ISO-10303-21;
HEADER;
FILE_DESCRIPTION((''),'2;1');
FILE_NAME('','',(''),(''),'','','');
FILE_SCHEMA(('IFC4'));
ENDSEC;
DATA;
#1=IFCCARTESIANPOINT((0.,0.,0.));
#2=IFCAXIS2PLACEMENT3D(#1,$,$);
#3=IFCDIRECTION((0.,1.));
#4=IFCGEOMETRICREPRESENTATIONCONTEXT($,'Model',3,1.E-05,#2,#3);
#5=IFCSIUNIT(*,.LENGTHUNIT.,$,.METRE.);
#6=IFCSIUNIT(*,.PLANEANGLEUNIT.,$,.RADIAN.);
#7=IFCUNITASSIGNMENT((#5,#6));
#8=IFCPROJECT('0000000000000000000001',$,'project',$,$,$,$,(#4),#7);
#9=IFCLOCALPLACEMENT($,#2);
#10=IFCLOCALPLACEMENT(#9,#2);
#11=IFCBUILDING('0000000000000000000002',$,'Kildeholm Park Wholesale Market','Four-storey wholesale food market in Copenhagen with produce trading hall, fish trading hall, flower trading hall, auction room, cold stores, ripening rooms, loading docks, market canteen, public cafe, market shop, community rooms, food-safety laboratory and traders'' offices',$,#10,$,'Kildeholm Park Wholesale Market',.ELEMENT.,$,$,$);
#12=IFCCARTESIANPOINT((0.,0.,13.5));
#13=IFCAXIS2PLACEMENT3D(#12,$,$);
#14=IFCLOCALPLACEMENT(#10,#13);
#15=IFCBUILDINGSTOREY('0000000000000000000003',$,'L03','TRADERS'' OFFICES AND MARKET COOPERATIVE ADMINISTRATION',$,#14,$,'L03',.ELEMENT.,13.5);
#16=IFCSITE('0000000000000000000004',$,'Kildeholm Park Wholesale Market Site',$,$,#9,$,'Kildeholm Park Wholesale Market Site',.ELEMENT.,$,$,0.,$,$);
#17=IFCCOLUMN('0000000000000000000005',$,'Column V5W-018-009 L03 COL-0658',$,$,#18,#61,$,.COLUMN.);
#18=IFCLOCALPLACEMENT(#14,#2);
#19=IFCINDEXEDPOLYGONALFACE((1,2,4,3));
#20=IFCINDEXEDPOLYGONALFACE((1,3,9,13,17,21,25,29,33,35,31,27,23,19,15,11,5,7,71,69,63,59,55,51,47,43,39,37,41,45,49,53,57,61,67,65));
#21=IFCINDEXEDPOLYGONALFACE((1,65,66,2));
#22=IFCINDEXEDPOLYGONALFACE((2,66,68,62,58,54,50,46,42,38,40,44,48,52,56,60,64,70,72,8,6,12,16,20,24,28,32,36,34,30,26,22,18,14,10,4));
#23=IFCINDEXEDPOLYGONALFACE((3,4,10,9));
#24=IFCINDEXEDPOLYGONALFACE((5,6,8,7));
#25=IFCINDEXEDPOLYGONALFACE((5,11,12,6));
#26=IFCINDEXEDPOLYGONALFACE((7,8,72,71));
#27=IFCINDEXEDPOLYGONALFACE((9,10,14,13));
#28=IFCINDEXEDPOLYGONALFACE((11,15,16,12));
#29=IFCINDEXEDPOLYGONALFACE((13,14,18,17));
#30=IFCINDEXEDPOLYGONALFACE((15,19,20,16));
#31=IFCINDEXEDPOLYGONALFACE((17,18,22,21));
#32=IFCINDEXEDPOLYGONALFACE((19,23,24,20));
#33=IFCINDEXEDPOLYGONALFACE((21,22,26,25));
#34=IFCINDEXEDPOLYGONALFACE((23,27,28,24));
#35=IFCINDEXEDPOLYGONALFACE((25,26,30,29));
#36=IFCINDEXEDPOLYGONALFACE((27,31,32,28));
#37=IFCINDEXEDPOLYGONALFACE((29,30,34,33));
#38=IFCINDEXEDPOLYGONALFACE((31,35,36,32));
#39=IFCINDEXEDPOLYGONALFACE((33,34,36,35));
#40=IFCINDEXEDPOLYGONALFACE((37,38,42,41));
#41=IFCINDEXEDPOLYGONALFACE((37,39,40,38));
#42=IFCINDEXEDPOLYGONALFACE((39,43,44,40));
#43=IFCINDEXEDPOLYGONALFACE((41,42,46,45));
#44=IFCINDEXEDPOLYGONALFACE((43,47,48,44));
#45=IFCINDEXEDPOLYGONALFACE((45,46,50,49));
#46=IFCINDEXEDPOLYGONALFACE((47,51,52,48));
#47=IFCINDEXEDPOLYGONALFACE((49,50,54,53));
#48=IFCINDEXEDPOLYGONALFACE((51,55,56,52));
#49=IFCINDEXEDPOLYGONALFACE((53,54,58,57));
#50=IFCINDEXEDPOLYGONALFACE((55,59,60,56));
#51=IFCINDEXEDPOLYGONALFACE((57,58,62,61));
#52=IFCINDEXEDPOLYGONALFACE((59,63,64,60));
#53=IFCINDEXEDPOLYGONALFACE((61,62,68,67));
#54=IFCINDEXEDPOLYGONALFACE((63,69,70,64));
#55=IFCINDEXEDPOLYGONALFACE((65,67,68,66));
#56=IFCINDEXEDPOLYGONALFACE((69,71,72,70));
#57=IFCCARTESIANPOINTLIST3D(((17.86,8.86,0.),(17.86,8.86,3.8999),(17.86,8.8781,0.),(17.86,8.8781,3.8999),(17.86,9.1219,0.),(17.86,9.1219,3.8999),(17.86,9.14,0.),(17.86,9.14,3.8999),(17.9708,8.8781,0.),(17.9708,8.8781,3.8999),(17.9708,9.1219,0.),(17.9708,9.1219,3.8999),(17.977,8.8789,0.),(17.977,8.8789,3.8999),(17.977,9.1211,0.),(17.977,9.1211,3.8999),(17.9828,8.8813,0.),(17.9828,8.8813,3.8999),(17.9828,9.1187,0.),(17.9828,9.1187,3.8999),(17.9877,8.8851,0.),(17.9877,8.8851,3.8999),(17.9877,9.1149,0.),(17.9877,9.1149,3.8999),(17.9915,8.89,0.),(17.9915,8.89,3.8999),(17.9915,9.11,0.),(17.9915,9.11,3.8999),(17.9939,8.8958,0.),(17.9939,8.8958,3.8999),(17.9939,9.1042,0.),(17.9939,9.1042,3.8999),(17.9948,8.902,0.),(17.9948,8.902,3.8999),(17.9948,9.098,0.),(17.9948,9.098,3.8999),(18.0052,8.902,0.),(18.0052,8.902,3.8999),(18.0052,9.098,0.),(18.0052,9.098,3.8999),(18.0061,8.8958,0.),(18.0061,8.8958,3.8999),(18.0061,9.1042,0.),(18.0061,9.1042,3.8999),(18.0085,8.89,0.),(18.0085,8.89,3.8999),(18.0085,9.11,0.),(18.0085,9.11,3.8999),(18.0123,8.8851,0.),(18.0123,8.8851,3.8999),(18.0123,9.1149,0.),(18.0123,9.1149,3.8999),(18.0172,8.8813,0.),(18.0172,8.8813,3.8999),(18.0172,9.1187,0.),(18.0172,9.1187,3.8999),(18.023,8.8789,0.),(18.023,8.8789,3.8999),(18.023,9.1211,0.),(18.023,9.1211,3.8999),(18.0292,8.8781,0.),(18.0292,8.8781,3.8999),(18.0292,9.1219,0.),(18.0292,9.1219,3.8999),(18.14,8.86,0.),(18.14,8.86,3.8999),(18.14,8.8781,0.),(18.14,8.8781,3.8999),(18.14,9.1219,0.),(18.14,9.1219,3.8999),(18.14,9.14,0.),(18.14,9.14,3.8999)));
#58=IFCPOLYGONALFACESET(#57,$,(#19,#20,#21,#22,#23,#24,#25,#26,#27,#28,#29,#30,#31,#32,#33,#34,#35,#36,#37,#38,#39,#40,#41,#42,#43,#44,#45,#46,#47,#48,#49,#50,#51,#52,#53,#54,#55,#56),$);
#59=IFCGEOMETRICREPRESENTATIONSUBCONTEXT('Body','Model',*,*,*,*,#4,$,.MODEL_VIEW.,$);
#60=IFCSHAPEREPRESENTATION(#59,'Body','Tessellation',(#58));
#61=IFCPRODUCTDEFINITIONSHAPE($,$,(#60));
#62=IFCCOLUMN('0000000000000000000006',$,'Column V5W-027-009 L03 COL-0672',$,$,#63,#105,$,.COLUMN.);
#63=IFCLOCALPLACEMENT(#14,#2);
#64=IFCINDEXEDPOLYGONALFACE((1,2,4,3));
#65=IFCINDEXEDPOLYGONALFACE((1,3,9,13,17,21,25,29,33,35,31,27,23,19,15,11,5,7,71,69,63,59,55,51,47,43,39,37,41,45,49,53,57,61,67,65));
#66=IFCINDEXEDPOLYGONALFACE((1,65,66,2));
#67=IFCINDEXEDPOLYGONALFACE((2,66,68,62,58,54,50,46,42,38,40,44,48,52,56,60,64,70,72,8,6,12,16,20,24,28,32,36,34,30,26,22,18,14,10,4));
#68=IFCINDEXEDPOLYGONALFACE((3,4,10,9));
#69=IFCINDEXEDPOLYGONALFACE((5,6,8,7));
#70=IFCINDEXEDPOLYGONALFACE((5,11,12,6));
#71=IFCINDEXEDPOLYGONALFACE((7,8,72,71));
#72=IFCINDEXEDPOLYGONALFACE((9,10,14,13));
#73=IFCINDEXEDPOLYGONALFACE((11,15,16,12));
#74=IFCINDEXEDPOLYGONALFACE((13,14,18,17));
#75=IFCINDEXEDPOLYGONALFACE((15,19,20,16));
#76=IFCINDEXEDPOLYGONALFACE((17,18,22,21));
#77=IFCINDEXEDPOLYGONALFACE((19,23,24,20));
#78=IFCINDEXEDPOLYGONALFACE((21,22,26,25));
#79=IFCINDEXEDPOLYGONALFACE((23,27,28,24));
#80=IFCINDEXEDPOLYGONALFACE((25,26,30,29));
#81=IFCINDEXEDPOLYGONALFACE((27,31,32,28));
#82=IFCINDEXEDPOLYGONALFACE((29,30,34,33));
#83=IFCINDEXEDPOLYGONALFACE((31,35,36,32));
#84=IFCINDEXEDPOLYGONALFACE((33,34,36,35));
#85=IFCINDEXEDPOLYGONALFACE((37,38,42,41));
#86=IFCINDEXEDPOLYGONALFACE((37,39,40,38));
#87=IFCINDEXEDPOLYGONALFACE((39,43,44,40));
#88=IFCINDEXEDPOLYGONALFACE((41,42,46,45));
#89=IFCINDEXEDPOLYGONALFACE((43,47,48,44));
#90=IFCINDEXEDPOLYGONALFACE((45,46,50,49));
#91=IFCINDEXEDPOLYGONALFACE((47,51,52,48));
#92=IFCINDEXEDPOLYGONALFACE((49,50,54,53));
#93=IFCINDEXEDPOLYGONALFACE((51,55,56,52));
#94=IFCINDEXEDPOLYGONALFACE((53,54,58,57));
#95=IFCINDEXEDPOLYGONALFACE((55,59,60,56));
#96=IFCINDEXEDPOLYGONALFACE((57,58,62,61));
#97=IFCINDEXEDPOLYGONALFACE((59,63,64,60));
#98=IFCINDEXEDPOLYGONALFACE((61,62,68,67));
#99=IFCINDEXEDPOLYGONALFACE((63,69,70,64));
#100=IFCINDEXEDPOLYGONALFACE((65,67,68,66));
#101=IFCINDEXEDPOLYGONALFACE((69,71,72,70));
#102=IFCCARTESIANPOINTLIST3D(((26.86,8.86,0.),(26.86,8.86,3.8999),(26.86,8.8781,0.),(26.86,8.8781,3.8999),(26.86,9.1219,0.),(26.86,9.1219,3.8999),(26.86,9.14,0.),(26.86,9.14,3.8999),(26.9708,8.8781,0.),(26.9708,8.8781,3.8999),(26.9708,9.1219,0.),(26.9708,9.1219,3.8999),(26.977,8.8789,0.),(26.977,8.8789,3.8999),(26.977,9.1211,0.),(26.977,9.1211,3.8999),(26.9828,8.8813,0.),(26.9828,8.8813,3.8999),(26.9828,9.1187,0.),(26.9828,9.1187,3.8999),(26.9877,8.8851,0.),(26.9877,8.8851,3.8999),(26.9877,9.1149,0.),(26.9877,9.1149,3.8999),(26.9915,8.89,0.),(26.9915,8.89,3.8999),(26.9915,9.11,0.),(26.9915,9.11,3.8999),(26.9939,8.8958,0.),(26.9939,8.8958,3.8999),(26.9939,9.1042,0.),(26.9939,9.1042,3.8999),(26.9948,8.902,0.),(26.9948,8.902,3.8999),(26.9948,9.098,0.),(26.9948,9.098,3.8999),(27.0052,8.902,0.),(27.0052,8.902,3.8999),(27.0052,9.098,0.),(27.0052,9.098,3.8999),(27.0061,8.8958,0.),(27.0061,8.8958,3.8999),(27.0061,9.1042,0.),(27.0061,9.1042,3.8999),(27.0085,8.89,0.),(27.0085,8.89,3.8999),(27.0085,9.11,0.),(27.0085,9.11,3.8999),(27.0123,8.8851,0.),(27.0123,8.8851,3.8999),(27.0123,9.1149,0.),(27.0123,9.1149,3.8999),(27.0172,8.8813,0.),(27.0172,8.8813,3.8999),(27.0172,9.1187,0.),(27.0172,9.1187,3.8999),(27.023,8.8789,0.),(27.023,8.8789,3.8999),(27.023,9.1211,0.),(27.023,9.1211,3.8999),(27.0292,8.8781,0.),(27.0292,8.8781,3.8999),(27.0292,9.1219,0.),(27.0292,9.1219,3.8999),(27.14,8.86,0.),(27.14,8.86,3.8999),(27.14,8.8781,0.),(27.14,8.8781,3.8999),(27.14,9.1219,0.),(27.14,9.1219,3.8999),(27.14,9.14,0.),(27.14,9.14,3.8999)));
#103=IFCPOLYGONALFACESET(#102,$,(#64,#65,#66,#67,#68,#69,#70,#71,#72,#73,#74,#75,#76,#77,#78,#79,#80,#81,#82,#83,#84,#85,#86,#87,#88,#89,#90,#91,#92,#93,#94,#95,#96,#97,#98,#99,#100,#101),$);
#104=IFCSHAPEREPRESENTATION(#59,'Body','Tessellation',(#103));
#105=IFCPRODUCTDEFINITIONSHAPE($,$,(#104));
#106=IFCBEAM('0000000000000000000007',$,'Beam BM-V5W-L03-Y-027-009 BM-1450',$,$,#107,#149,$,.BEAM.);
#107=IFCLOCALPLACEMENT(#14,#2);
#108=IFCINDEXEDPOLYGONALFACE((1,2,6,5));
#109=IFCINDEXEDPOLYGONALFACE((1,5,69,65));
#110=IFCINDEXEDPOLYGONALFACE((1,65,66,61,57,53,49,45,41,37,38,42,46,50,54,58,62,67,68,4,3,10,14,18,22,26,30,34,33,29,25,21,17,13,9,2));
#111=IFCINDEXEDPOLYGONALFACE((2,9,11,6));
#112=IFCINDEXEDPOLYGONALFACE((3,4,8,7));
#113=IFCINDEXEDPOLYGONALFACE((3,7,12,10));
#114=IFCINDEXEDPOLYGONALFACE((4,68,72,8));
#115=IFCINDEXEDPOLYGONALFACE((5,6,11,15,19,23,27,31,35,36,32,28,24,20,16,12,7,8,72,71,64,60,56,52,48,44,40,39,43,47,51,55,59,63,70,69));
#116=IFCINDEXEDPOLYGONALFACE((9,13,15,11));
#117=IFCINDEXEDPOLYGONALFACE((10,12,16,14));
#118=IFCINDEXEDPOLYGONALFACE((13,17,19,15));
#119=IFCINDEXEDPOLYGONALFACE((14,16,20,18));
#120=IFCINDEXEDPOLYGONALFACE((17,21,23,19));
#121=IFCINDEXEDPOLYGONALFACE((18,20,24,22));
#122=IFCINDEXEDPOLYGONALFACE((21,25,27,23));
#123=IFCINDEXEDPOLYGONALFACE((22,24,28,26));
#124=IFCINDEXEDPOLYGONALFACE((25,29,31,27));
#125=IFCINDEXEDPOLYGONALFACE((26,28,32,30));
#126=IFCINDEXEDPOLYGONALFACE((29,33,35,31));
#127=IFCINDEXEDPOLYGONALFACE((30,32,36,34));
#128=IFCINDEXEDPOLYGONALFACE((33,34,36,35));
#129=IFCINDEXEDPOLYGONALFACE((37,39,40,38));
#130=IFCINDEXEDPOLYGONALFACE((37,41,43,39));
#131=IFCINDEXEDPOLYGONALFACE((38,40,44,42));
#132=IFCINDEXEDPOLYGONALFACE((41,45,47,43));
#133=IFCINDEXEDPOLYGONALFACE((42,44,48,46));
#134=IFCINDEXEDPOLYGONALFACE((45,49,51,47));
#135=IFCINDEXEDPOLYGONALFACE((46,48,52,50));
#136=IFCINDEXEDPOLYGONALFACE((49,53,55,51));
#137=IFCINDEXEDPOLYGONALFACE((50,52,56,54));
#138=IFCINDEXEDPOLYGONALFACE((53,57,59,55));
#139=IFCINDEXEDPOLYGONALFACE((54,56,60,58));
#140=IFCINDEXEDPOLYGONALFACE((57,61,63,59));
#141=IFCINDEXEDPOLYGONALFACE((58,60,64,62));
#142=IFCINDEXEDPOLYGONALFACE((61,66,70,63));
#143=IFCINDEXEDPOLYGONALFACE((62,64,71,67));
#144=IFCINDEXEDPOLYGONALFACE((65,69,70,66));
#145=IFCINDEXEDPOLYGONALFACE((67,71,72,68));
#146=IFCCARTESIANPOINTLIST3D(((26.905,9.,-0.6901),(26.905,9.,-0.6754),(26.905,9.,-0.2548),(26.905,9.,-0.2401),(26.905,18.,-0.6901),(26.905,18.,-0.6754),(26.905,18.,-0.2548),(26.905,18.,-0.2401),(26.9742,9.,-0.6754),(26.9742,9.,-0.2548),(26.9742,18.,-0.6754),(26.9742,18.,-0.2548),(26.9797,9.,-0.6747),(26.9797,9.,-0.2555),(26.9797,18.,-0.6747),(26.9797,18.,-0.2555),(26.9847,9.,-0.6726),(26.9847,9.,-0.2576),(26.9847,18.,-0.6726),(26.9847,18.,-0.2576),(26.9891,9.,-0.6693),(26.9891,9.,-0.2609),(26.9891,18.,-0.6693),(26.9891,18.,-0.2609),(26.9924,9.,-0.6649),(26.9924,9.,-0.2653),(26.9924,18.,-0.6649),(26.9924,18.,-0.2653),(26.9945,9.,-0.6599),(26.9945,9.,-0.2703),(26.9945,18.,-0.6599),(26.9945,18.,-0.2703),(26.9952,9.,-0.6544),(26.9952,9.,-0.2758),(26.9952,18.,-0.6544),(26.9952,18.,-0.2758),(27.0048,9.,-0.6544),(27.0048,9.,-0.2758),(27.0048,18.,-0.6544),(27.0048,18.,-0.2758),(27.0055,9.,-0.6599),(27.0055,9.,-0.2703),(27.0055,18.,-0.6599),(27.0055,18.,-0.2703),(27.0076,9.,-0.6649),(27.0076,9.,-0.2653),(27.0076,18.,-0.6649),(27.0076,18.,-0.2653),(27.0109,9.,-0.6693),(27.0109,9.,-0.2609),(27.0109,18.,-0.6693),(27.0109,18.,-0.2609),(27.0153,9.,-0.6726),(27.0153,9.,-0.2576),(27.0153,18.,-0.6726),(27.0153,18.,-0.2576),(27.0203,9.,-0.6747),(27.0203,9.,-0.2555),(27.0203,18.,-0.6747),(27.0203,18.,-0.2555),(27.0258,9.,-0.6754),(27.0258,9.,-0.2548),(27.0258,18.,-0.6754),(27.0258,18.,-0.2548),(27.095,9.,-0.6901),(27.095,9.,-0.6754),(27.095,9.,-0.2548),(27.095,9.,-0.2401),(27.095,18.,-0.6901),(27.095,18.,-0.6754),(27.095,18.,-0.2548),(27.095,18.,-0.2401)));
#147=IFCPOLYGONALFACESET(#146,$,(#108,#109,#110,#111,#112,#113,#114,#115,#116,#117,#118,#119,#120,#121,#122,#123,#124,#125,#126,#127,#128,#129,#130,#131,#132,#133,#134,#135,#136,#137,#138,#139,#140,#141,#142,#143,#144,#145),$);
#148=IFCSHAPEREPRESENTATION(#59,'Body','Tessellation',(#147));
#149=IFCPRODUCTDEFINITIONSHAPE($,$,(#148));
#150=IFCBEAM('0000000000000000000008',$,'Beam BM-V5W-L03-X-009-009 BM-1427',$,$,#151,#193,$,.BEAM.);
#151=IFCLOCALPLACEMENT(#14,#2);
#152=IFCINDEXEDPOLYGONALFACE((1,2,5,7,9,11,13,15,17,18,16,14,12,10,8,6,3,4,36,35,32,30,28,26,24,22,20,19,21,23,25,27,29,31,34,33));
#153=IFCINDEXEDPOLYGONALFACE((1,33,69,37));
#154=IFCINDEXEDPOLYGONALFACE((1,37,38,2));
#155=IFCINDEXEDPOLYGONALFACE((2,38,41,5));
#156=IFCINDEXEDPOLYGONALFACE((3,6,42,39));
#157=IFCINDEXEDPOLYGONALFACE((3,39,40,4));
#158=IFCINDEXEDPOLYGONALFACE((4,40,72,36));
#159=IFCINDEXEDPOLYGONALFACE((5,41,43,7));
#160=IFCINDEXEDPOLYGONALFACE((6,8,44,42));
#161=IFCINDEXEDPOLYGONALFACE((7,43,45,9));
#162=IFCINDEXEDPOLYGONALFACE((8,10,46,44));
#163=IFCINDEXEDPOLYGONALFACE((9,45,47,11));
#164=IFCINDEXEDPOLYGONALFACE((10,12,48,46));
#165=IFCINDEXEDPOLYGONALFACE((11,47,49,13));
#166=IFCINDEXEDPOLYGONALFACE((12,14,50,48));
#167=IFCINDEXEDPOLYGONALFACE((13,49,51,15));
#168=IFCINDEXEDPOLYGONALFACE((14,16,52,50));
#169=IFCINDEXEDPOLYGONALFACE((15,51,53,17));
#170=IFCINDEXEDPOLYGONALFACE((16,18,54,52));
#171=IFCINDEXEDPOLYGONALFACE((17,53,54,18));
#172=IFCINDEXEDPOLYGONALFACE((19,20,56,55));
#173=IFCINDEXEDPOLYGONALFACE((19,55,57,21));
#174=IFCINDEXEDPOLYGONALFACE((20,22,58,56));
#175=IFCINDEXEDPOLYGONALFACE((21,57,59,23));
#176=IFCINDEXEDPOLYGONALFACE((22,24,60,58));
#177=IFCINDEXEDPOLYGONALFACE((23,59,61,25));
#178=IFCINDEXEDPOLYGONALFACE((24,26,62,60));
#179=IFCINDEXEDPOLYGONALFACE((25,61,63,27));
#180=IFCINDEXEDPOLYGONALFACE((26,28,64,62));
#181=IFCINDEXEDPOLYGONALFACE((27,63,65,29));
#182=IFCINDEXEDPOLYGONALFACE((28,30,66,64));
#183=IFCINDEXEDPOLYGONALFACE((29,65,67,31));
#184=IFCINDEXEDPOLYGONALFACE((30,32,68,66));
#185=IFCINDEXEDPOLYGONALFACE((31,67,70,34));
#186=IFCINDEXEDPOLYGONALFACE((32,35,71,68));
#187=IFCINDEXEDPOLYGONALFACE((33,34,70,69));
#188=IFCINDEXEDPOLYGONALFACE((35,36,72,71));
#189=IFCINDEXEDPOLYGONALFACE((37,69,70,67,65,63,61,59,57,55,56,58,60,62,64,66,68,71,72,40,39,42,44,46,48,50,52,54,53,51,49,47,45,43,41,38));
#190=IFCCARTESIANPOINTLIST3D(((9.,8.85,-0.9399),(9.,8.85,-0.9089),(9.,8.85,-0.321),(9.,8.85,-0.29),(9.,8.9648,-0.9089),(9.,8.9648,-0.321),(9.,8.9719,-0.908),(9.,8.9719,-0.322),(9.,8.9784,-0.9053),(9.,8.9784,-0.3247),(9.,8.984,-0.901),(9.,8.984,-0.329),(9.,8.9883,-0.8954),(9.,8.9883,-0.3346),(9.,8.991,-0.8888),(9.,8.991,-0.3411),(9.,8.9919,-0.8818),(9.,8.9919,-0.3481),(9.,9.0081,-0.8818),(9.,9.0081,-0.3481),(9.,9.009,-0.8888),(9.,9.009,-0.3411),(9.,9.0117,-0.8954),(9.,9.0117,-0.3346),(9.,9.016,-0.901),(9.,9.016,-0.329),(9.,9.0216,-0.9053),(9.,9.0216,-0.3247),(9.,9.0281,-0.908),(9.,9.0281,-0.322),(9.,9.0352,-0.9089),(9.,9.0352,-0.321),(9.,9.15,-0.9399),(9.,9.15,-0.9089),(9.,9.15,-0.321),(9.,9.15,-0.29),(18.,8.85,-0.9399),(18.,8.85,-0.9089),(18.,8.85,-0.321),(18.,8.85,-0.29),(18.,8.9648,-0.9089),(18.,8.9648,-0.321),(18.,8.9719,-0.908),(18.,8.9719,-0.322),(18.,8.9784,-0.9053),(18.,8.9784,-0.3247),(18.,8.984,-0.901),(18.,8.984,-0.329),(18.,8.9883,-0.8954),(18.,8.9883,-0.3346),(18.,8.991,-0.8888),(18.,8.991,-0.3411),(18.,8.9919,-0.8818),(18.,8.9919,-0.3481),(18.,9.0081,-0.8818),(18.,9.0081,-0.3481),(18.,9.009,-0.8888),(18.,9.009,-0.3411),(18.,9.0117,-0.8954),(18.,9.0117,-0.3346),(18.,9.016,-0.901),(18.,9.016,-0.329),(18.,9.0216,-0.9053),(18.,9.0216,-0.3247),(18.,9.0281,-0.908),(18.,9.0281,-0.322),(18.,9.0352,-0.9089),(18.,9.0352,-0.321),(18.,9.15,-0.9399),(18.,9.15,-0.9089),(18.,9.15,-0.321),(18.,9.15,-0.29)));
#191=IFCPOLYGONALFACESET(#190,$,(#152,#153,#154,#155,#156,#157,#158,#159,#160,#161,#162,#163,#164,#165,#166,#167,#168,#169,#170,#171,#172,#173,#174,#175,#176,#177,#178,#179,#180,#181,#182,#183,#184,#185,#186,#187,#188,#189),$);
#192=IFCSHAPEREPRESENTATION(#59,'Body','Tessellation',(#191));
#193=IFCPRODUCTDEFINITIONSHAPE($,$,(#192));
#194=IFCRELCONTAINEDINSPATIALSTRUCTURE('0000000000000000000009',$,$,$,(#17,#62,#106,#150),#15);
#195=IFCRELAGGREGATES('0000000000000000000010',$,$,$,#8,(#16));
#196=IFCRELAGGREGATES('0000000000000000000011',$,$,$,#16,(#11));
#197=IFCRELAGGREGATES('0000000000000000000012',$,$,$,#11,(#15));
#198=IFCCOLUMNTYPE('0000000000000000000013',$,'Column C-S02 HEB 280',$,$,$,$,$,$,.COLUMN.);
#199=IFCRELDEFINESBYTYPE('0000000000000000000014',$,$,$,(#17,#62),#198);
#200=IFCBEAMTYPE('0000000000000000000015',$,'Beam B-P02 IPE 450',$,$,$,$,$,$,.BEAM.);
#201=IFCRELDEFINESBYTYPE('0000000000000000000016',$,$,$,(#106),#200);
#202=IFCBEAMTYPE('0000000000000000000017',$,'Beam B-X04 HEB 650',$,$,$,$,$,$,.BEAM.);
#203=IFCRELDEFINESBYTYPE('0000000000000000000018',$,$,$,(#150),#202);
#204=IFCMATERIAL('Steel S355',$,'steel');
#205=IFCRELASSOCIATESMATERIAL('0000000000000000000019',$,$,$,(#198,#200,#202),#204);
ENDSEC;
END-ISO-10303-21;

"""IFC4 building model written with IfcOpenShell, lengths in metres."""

from ifc_helpers import new_model, si_unit, direction, frame, origin, origin_2d, place, context, subcontext, project, spatial, i_section, extrude, material, material_profile, profile_set, type_object, element, save


model = new_model("IFC4")

# Units and contexts
model_context = context("Model", 3, precision=1e-05, world=origin(), true_north=direction((0.0, 1.0)))
body_context = subcontext(model_context, "Body", "Model", "MODEL_VIEW")
ifc_project = project(units=[si_unit("LENGTHUNIT", "METRE"), si_unit("PLANEANGLEUNIT", "RADIAN")], contexts=[model_context])

# Site, building, storey
site_placement = place(None, origin())
site = spatial("IfcSite", under=ifc_project, at=site_placement, Name="Kildeholm Park Wholesale Market Site", LongName="Kildeholm Park Wholesale Market Site", CompositionType="ELEMENT", RefElevation=0.0)
building_placement = place(site_placement, origin())
building = spatial("IfcBuilding", under=site, at=building_placement, Name="Kildeholm Park Wholesale Market", Description="Four-storey wholesale food market in Copenhagen with produce trading hall, fish trading hall, flower trading hall, auction room, cold stores, ripening rooms, loading docks, market canteen, public cafe, market shop, community rooms, food-safety laboratory and traders' offices", LongName="Kildeholm Park Wholesale Market", CompositionType="ELEMENT")
storey_placement = place(building_placement, frame((0.0, 0.0, 13.5)))
storey = spatial("IfcBuildingStorey", under=building, at=storey_placement, Name="L03", Description="TRADERS' OFFICES AND MARKET COOPERATIVE ADMINISTRATION", LongName="L03", CompositionType="ELEMENT", Elevation=13.5)

# Columns
ifc_material_1 = material(Name="Steel S355", Category="steel")
ifc_material_profile_1 = material_profile(ifc_material_1, i_section(OverallWidth=0.28, OverallDepth=0.28, WebThickness=0.0105, FlangeThickness=0.0181, FilletRadius=0.0239, at=origin_2d()), Name="HEB 280")
ifc_profile_set_1 = profile_set([ifc_material_profile_1], Name="Steel S355")
column_type = type_object("IfcColumnType", Name="Column C-S02 HEB 280", PredefinedType="COLUMN", material=ifc_profile_set_1)
for number, where, z_axis, x_axis, name in (
    (1, (18.0, 9.0, 0.0), (0.0, 0.0, 1.0), (1.0, 0.0, 0.0), "Column V5W-018-009 L03 COL-0658"),
    (2, (27.0, 9.0, 0.0), (0.0, 0.0, 1.0), (1.0, 0.0, 0.0), "Column V5W-027-009 L03 COL-0672"),
):
    element("IfcColumn", number, at=place(storey_placement, frame(where, z_axis=z_axis, x_axis=x_axis)), inside=storey, type_object=column_type, Name=name, PredefinedType="COLUMN", context=body_context, shape_type="SweptSolid", body=[
        extrude(i_section(OverallWidth=0.28, OverallDepth=0.28, WebThickness=0.0105, FlangeThickness=0.0181, FilletRadius=0.0239, at=origin_2d()), origin(), (0.0, 0.0, 1.0), 3.8999),
    ])

# Beams
ifc_material_profile_2 = material_profile(ifc_material_1, i_section(OverallWidth=0.1899, OverallDepth=0.45, WebThickness=0.0095, FlangeThickness=0.0146, FilletRadius=0.021, at=origin_2d()), Name="IPE 450")
ifc_profile_set_2 = profile_set([ifc_material_profile_2], Name="Steel S355")
beam_type_1 = type_object("IfcBeamType", Name="Beam B-P02 IPE 450", PredefinedType="BEAM", material=ifc_profile_set_2)
beam_1_placement = place(storey_placement, frame((27.0, 9.0, -0.4651), z_axis=(0.0, 1.0, 0.0), x_axis=(-1.0, 0.0, 0.0)))
element("IfcBeam", 3, at=beam_1_placement, inside=storey, type_object=beam_type_1, Name="Beam BM-V5W-L03-Y-027-009 BM-1450", PredefinedType="BEAM", context=body_context, shape_type="SweptSolid", body=[
    extrude(i_section(OverallWidth=0.1899, OverallDepth=0.45, WebThickness=0.0095, FlangeThickness=0.0146, FilletRadius=0.021, at=origin_2d()), origin(), (0.0, 0.0, 1.0), 9.0),
])
ifc_material_profile_3 = material_profile(ifc_material_1, i_section(OverallWidth=0.3, OverallDepth=0.6499, WebThickness=0.0161, FlangeThickness=0.031, FilletRadius=0.0271, at=origin_2d()), Name="HEB 650")
ifc_profile_set_3 = profile_set([ifc_material_profile_3], Name="Steel S355")
beam_type_2 = type_object("IfcBeamType", Name="Beam B-X04 HEB 650", PredefinedType="BEAM", material=ifc_profile_set_3)
beam_2_placement = place(storey_placement, frame((9.0, 9.0, -0.615), z_axis=(1.0, 0.0, 0.0), x_axis=(0.0, 1.0, 0.0)))
element("IfcBeam", 4, at=beam_2_placement, inside=storey, type_object=beam_type_2, Name="Beam BM-V5W-L03-X-009-009 BM-1427", PredefinedType="BEAM", context=body_context, shape_type="SweptSolid", body=[
    extrude(i_section(OverallWidth=0.3, OverallDepth=0.6499, WebThickness=0.0161, FlangeThickness=0.031, FilletRadius=0.0271, at=origin_2d()), origin(), (0.0, 0.0, 1.0), 9.0),
])

save(model, "model.ifc")
